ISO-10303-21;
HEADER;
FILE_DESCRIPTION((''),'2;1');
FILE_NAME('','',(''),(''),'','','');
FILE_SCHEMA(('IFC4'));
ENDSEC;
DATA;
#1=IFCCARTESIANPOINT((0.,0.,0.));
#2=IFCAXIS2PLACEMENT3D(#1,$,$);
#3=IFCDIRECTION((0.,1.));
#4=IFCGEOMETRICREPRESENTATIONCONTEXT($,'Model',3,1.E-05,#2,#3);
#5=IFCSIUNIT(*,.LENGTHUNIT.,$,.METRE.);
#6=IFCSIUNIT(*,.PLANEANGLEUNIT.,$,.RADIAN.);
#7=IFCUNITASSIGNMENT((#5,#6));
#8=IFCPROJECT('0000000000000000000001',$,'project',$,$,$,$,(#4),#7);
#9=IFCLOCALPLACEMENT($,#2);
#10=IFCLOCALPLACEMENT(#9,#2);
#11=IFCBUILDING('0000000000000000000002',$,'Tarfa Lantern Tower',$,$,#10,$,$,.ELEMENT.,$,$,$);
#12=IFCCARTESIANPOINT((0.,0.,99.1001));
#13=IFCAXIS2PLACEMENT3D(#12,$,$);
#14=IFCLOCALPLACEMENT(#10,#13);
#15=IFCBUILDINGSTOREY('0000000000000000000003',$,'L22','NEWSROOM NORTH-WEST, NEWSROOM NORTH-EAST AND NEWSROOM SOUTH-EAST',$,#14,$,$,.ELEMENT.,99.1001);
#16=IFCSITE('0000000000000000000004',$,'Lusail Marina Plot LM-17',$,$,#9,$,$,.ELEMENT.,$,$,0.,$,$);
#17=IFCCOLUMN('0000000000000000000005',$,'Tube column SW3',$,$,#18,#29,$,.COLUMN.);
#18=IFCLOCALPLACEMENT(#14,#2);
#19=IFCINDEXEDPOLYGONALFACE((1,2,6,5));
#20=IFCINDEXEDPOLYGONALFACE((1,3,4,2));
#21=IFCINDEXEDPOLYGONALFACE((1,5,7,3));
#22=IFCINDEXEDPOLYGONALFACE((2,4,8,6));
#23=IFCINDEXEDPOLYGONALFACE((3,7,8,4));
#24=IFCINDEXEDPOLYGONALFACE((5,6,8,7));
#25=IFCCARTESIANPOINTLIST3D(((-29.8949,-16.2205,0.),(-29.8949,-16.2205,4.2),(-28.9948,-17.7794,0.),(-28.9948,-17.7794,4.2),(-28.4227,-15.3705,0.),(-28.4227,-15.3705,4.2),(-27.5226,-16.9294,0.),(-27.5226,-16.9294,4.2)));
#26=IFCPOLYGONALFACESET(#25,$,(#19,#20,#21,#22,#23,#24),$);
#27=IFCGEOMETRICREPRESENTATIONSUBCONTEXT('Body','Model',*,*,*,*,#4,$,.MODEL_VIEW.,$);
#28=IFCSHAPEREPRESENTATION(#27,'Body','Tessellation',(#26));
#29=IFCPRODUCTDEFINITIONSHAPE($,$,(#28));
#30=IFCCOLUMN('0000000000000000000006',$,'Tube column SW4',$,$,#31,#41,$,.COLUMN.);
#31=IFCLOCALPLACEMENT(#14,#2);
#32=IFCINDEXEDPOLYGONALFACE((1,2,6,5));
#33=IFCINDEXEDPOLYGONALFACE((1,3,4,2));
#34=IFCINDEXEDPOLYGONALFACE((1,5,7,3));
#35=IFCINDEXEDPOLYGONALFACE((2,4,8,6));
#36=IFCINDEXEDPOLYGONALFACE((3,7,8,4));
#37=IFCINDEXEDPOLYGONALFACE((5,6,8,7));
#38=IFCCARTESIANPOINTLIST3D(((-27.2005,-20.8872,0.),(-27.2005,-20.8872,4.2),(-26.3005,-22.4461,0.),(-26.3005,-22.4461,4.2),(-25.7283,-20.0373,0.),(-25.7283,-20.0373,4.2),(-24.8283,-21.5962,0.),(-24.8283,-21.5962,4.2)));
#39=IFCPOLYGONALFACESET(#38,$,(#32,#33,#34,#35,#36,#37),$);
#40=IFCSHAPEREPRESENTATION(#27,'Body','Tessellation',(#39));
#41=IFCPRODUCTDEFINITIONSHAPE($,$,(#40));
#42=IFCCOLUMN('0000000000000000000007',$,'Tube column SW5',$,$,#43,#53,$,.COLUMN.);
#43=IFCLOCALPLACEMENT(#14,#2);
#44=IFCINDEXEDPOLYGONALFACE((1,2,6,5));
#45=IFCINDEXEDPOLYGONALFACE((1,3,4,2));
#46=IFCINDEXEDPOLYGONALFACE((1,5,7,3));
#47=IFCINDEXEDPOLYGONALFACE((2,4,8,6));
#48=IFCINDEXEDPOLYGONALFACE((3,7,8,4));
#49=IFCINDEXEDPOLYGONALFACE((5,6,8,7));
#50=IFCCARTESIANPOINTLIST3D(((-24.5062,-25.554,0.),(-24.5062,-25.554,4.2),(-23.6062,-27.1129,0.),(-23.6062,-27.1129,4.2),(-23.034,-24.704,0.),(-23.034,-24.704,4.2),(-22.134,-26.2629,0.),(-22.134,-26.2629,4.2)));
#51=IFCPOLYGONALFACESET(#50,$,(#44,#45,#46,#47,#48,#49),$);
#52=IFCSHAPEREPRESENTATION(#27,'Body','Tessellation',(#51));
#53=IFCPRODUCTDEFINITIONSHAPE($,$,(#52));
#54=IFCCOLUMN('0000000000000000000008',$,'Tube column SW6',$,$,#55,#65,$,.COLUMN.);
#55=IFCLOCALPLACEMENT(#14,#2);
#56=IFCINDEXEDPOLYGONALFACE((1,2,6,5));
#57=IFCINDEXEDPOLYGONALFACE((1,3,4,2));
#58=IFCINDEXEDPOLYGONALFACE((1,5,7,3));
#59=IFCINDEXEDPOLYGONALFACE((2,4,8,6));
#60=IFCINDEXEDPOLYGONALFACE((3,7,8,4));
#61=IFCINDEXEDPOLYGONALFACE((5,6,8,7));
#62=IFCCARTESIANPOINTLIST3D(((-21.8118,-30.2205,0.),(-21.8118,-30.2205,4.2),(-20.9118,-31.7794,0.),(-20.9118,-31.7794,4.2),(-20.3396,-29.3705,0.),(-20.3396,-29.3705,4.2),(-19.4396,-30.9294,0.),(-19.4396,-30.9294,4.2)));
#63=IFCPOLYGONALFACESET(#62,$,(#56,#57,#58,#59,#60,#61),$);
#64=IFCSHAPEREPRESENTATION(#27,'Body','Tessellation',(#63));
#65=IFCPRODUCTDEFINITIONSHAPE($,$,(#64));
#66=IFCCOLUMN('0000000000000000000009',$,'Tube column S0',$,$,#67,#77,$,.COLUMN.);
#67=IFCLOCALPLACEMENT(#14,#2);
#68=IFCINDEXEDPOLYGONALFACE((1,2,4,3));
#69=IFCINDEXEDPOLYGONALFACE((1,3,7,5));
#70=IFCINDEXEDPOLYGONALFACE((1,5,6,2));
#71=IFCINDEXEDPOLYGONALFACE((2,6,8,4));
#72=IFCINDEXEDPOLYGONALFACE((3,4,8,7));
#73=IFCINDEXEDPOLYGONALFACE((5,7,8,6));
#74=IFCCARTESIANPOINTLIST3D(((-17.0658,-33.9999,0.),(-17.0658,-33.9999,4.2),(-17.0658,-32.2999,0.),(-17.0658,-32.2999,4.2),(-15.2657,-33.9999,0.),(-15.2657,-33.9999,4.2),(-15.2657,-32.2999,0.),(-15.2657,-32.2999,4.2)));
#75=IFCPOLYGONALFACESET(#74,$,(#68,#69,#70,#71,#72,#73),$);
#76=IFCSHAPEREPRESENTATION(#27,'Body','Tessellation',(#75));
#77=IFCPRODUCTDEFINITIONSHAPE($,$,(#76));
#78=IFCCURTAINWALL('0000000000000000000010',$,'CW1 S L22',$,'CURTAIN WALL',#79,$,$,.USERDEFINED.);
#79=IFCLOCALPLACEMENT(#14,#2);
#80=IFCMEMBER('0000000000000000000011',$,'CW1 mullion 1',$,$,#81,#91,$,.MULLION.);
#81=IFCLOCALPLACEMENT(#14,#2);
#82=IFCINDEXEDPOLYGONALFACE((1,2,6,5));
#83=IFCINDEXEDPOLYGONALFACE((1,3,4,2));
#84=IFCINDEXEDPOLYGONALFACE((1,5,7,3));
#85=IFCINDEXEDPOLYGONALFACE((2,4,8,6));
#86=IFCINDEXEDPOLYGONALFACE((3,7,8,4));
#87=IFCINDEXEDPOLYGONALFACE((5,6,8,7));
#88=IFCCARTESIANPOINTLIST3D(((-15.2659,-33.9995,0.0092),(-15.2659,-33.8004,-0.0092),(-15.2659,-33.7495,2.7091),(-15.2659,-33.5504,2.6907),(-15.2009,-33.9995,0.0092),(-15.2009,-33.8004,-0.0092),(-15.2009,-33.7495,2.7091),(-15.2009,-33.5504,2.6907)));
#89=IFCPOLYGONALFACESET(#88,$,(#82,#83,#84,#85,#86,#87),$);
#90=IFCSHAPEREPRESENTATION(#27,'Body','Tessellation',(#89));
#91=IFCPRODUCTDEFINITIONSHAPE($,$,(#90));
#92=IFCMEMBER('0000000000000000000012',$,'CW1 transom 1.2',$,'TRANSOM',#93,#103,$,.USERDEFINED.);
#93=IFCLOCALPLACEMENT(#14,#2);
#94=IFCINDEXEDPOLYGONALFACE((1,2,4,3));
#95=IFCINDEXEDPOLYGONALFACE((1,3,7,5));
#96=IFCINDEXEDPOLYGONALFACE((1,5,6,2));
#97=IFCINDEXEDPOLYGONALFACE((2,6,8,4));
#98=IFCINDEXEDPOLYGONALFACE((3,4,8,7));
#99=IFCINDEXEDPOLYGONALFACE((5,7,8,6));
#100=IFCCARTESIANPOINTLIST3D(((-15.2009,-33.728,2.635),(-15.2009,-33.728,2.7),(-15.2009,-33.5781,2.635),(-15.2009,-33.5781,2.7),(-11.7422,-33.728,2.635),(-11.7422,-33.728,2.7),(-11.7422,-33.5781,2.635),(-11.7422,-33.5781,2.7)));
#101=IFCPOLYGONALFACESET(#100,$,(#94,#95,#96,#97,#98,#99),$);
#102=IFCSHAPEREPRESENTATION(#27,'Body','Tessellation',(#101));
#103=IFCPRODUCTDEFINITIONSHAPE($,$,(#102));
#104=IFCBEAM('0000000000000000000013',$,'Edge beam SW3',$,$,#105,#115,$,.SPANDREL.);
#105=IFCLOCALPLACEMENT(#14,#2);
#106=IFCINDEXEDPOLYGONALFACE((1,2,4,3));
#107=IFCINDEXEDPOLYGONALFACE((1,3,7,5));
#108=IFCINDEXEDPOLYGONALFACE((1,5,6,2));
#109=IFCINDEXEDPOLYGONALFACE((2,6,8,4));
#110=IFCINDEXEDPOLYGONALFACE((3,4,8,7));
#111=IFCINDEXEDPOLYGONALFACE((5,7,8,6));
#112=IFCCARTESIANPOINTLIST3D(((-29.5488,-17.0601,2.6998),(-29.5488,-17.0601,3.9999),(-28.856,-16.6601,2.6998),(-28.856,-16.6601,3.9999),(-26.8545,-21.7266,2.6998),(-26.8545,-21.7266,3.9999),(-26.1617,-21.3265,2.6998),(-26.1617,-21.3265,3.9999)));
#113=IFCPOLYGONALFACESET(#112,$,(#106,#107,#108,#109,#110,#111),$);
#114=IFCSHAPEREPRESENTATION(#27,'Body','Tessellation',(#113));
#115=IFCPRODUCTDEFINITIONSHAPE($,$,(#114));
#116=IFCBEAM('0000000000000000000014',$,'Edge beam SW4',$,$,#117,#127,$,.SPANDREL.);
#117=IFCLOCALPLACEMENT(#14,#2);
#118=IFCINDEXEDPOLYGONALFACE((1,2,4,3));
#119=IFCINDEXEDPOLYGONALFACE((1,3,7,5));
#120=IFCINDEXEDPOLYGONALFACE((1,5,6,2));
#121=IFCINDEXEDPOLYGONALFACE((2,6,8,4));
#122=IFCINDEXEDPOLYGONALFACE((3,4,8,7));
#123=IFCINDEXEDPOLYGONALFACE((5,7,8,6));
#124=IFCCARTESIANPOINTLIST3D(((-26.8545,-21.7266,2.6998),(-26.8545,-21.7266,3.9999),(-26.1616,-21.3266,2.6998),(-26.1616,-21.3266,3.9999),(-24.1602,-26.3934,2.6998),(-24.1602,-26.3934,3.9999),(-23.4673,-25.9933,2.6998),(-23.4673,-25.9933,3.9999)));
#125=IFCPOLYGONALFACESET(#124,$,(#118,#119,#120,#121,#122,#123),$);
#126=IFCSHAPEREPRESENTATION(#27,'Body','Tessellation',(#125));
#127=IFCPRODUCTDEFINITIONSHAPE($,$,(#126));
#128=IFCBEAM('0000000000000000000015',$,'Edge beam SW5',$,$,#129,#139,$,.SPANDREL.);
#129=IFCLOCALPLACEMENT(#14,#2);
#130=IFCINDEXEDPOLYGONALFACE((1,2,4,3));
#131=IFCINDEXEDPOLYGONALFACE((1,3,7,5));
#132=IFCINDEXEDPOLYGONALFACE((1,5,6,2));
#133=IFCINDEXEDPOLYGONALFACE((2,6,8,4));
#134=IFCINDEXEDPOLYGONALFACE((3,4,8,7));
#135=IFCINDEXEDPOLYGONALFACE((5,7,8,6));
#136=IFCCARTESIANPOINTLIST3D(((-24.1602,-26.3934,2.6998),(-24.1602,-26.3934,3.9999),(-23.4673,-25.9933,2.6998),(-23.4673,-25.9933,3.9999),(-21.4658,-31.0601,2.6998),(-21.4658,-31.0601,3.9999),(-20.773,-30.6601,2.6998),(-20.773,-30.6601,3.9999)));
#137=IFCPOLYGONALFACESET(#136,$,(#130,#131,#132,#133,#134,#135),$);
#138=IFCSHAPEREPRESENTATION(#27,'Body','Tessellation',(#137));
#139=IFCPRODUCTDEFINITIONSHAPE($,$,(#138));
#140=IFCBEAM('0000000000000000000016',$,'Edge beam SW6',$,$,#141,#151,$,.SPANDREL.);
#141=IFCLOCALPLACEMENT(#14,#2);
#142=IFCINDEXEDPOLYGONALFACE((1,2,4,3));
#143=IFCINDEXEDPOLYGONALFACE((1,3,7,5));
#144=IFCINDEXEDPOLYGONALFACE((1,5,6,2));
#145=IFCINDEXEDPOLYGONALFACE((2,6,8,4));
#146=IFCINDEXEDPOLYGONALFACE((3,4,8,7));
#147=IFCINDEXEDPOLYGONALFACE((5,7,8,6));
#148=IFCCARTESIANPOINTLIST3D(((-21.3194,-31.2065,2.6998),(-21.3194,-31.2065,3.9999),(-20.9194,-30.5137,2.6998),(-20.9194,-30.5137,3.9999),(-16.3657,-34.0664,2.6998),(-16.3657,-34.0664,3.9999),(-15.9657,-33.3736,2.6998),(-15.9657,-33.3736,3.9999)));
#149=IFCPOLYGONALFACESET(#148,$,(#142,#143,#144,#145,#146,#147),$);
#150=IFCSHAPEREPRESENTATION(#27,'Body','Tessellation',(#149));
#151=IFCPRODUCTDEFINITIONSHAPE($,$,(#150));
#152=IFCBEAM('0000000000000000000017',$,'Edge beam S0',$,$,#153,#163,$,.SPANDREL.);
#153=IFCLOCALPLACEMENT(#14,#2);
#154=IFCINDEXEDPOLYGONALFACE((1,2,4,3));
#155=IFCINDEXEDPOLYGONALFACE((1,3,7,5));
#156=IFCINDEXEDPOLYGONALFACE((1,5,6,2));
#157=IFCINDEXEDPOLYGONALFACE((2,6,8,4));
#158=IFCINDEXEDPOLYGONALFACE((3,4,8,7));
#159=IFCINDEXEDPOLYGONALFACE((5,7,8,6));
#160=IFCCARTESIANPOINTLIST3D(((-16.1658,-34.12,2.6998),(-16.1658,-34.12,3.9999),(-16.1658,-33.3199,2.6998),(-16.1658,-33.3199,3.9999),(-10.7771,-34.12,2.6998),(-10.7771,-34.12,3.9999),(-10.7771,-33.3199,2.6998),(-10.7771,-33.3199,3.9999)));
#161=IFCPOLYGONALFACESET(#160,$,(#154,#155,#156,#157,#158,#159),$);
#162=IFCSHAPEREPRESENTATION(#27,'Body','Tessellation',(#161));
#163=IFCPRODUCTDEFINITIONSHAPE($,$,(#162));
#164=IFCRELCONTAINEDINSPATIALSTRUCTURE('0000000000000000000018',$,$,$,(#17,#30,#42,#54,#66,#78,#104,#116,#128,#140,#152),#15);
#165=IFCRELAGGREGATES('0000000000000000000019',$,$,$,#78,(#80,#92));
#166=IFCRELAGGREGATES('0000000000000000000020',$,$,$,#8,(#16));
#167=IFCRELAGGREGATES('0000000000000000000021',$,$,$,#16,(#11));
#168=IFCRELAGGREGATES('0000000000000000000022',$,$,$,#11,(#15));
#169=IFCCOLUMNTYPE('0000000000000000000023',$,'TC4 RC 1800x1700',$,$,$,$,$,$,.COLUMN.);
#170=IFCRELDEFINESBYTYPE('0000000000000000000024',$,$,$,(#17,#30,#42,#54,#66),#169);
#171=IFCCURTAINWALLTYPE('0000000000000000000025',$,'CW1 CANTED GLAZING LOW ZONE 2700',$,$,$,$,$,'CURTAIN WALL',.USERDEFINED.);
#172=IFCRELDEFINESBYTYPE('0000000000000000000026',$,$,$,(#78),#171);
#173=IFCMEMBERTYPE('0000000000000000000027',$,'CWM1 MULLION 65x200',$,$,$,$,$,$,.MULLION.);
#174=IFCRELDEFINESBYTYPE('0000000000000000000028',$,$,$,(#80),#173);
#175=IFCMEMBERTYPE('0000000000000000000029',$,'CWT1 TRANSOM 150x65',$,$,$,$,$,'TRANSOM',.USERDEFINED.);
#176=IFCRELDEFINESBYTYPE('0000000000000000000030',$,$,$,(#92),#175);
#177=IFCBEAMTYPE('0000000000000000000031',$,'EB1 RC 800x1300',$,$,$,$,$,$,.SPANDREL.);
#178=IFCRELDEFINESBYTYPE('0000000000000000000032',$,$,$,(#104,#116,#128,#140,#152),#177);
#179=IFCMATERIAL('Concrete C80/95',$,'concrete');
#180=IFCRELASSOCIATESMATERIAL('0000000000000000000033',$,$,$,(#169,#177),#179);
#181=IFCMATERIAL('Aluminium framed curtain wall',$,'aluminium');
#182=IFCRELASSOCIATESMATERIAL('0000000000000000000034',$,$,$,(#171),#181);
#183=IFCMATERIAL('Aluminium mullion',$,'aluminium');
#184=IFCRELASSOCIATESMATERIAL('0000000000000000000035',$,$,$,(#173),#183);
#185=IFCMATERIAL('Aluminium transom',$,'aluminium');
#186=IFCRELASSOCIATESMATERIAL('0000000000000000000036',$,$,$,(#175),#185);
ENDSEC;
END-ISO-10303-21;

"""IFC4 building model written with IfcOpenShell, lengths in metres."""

from ifc_helpers import new_model, si_unit, direction, frame, origin, origin_2d, place, context, subcontext, project, spatial, rectangle, extrude, material, material_profile, profile_set, type_object, element, aggregate, save


model = new_model("IFC4")

# Units and contexts
model_context = context("Model", 3, precision=1e-05, world=origin(), true_north=direction((0.0, 1.0)))
body_context = subcontext(model_context, "Body", "Model", "MODEL_VIEW")
ifc_project = project(units=[si_unit("LENGTHUNIT", "METRE"), si_unit("PLANEANGLEUNIT", "RADIAN")], contexts=[model_context])

# Site, building, storey
site_placement = place(None, origin())
site = spatial("IfcSite", under=ifc_project, at=site_placement, Name="Lusail Marina Plot LM-17", CompositionType="ELEMENT", RefElevation=0.0)
building_placement = place(site_placement, origin())
building = spatial("IfcBuilding", under=site, at=building_placement, Name="Tarfa Lantern Tower", CompositionType="ELEMENT")
storey_placement = place(building_placement, frame((0.0, 0.0, 99.1001)))
storey = spatial("IfcBuildingStorey", under=building, at=storey_placement, Name="L22", Description="NEWSROOM NORTH-WEST, NEWSROOM NORTH-EAST AND NEWSROOM SOUTH-EAST", CompositionType="ELEMENT", Elevation=99.1001)

# Columns
ifc_material_1 = material(Name="Concrete C80/95", Category="concrete")
ifc_material_profile_1 = material_profile(ifc_material_1, rectangle(XDim=1.8, YDim=1.7, at=origin_2d()), Name="RC 1800x1700")
ifc_profile_set_1 = profile_set([ifc_material_profile_1], Name="Concrete C80/95")
column_type = type_object("IfcColumnType", Name="TC4 RC 1800x1700", PredefinedType="COLUMN", material=ifc_profile_set_1)
for number, where, z_axis, x_axis, name in (
    (1, (-28.7087, -16.575, 0.0), (0.0, 0.0, 1.0), (0.5, -0.866025, 0.0), "Tube column SW3"),
    (2, (-26.0144, -21.2417, 0.0), (0.0, 0.0, 1.0), (0.5, -0.866025, 0.0), "Tube column SW4"),
    (3, (-23.3201, -25.9084, 0.0), (0.0, 0.0, 1.0), (0.5, -0.866025, 0.0), "Tube column SW5"),
    (4, (-20.6257, -30.575, 0.0), (0.0, 0.0, 1.0), (0.5, -0.866025, 0.0), "Tube column SW6"),
    (5, (-16.1658, -33.1499, 0.0), (0.0, 0.0, 1.0), (1.0, 0.0, 0.0), "Tube column S0"),
):
    element("IfcColumn", number, at=place(storey_placement, frame(where, z_axis=z_axis, x_axis=x_axis)), inside=storey, type_object=column_type, Name=name, PredefinedType="COLUMN", context=body_context, shape_type="SweptSolid", body=[
        extrude(rectangle(XDim=1.8, YDim=1.7, at=origin_2d()), origin(), (0.0, 0.0, 1.0), 4.2),
    ])

# Curtain wall, members
ifc_material_2 = material(Name="Aluminium framed curtain wall", Category="aluminium")
curtain_wall_type = type_object("IfcCurtainWallType", Name="CW1 CANTED GLAZING LOW ZONE 2700", ElementType="CURTAIN WALL", PredefinedType="USERDEFINED", material=ifc_material_2)
curtain_wall_placement = place(storey_placement, origin())
curtain_wall = element("IfcCurtainWall", 6, at=curtain_wall_placement, inside=storey, type_object=curtain_wall_type, Name="CW1 S L22", ObjectType="CURTAIN WALL", PredefinedType="USERDEFINED")
ifc_material_3 = material(Name="Aluminium mullion", Category="aluminium")
ifc_material_profile_2 = material_profile(ifc_material_3, rectangle(XDim=0.0649, YDim=0.2, at=origin_2d()), Name="AL MULLION 65x200")
ifc_profile_set_2 = profile_set([ifc_material_profile_2], Name="Aluminium mullion")
member_type_1 = type_object("IfcMemberType", Name="CWM1 MULLION 65x200", PredefinedType="MULLION", material=ifc_profile_set_2)
member_1_placement = place(storey_placement, frame((-15.2334, -33.8999, 0.0), z_axis=(0.0, 0.0922, 0.995741), x_axis=(-1.0, 0.0, 0.0)))
member_1 = element("IfcMember", 7, at=member_1_placement, type_object=member_type_1, Name="CW1 mullion 1", PredefinedType="MULLION", context=body_context, shape_type="SweptSolid", body=[
    extrude(rectangle(XDim=0.0649, YDim=0.2, at=origin_2d()), origin(), (0.0, 0.0, 1.0), 2.7114),
])
ifc_material_4 = material(Name="Aluminium transom", Category="aluminium")
ifc_material_profile_3 = material_profile(ifc_material_4, rectangle(XDim=0.1499, YDim=0.0649, at=origin_2d()), Name="AL TRANSOM 150x65")
ifc_profile_set_3 = profile_set([ifc_material_profile_3], Name="Aluminium transom")
member_type_2 = type_object("IfcMemberType", Name="CWT1 TRANSOM 150x65", ElementType="TRANSOM", PredefinedType="USERDEFINED", material=ifc_profile_set_3)
member_2_placement = place(storey_placement, frame((-15.2009, -33.6531, 2.6675), z_axis=(1.0, 0.0, 0.0), x_axis=(0.0, 1.0, 0.0)))
member_2 = element("IfcMember", 8, at=member_2_placement, type_object=member_type_2, Name="CW1 transom 1.2", ObjectType="TRANSOM", PredefinedType="USERDEFINED", context=body_context, shape_type="SweptSolid", body=[
    extrude(rectangle(XDim=0.1499, YDim=0.0649, at=origin_2d()), origin(), (0.0, 0.0, 1.0), 3.4587),
])

# Beams
ifc_material_profile_4 = material_profile(ifc_material_1, rectangle(XDim=0.8, YDim=1.3, at=origin_2d()), Name="RC 800x1300")
ifc_profile_set_4 = profile_set([ifc_material_profile_4], Name="Concrete C80/95")
beam_type_1 = type_object("IfcBeamType", Name="EB1 RC 800x1300", PredefinedType="SPANDREL", material=ifc_profile_set_4)
beam_1_placement = place(storey_placement, frame((-29.2024, -16.8601, 3.3499), z_axis=(0.500018, -0.866015, 0.0), x_axis=(0.866015, 0.500018, 0.0)))
element("IfcBeam", 9, at=beam_1_placement, inside=storey, type_object=beam_type_1, Name="Edge beam SW3", PredefinedType="SPANDREL", context=body_context, shape_type="SweptSolid", body=[
    extrude(rectangle(XDim=0.8, YDim=1.3, at=origin_2d()), origin(), (0.0, 0.0, 1.0), 5.3884),
])
for number, where, z_axis, x_axis, name in (
    (10, (-26.5081, -21.5266, 3.3499), (0.499998, -0.866026, 0.0), (0.866026, 0.499998, 0.0), "Edge beam SW4"),
    (11, (-23.8137, -26.1934, 3.3499), (0.499998, -0.866026, 0.0), (0.866026, 0.499998, 0.0), "Edge beam SW5"),
):
    element("IfcBeam", number, at=place(storey_placement, frame(where, z_axis=z_axis, x_axis=x_axis)), inside=storey, type_object=beam_type_1, Name=name, PredefinedType="SPANDREL", context=body_context, shape_type="SweptSolid", body=[
        extrude(rectangle(XDim=0.8, YDim=1.3, at=origin_2d()), origin(), (0.0, 0.0, 1.0), 5.3887),
    ])
beam_2_placement = place(storey_placement, frame((-21.1194, -30.8601, 3.3499), z_axis=(0.866033, -0.499986, 0.0), x_axis=(0.499986, 0.866033, 0.0)))
element("IfcBeam", 12, at=beam_2_placement, inside=storey, type_object=beam_type_1, Name="Edge beam SW6", PredefinedType="SPANDREL", context=body_context, shape_type="SweptSolid", body=[
    extrude(rectangle(XDim=0.8, YDim=1.3, at=origin_2d()), origin(), (0.0, 0.0, 1.0), 5.72),
])
beam_3_placement = place(storey_placement, frame((-16.1658, -33.72, 3.3499), z_axis=(1.0, 0.0, 0.0), x_axis=(0.0, 1.0, 0.0)))
element("IfcBeam", 13, at=beam_3_placement, inside=storey, type_object=beam_type_1, Name="Edge beam S0", PredefinedType="SPANDREL", context=body_context, shape_type="SweptSolid", body=[
    extrude(rectangle(XDim=0.8, YDim=1.3, at=origin_2d()), origin(), (0.0, 0.0, 1.0), 5.3887),
])

aggregate(curtain_wall, [member_1, member_2])

save(model, "model.ifc")
